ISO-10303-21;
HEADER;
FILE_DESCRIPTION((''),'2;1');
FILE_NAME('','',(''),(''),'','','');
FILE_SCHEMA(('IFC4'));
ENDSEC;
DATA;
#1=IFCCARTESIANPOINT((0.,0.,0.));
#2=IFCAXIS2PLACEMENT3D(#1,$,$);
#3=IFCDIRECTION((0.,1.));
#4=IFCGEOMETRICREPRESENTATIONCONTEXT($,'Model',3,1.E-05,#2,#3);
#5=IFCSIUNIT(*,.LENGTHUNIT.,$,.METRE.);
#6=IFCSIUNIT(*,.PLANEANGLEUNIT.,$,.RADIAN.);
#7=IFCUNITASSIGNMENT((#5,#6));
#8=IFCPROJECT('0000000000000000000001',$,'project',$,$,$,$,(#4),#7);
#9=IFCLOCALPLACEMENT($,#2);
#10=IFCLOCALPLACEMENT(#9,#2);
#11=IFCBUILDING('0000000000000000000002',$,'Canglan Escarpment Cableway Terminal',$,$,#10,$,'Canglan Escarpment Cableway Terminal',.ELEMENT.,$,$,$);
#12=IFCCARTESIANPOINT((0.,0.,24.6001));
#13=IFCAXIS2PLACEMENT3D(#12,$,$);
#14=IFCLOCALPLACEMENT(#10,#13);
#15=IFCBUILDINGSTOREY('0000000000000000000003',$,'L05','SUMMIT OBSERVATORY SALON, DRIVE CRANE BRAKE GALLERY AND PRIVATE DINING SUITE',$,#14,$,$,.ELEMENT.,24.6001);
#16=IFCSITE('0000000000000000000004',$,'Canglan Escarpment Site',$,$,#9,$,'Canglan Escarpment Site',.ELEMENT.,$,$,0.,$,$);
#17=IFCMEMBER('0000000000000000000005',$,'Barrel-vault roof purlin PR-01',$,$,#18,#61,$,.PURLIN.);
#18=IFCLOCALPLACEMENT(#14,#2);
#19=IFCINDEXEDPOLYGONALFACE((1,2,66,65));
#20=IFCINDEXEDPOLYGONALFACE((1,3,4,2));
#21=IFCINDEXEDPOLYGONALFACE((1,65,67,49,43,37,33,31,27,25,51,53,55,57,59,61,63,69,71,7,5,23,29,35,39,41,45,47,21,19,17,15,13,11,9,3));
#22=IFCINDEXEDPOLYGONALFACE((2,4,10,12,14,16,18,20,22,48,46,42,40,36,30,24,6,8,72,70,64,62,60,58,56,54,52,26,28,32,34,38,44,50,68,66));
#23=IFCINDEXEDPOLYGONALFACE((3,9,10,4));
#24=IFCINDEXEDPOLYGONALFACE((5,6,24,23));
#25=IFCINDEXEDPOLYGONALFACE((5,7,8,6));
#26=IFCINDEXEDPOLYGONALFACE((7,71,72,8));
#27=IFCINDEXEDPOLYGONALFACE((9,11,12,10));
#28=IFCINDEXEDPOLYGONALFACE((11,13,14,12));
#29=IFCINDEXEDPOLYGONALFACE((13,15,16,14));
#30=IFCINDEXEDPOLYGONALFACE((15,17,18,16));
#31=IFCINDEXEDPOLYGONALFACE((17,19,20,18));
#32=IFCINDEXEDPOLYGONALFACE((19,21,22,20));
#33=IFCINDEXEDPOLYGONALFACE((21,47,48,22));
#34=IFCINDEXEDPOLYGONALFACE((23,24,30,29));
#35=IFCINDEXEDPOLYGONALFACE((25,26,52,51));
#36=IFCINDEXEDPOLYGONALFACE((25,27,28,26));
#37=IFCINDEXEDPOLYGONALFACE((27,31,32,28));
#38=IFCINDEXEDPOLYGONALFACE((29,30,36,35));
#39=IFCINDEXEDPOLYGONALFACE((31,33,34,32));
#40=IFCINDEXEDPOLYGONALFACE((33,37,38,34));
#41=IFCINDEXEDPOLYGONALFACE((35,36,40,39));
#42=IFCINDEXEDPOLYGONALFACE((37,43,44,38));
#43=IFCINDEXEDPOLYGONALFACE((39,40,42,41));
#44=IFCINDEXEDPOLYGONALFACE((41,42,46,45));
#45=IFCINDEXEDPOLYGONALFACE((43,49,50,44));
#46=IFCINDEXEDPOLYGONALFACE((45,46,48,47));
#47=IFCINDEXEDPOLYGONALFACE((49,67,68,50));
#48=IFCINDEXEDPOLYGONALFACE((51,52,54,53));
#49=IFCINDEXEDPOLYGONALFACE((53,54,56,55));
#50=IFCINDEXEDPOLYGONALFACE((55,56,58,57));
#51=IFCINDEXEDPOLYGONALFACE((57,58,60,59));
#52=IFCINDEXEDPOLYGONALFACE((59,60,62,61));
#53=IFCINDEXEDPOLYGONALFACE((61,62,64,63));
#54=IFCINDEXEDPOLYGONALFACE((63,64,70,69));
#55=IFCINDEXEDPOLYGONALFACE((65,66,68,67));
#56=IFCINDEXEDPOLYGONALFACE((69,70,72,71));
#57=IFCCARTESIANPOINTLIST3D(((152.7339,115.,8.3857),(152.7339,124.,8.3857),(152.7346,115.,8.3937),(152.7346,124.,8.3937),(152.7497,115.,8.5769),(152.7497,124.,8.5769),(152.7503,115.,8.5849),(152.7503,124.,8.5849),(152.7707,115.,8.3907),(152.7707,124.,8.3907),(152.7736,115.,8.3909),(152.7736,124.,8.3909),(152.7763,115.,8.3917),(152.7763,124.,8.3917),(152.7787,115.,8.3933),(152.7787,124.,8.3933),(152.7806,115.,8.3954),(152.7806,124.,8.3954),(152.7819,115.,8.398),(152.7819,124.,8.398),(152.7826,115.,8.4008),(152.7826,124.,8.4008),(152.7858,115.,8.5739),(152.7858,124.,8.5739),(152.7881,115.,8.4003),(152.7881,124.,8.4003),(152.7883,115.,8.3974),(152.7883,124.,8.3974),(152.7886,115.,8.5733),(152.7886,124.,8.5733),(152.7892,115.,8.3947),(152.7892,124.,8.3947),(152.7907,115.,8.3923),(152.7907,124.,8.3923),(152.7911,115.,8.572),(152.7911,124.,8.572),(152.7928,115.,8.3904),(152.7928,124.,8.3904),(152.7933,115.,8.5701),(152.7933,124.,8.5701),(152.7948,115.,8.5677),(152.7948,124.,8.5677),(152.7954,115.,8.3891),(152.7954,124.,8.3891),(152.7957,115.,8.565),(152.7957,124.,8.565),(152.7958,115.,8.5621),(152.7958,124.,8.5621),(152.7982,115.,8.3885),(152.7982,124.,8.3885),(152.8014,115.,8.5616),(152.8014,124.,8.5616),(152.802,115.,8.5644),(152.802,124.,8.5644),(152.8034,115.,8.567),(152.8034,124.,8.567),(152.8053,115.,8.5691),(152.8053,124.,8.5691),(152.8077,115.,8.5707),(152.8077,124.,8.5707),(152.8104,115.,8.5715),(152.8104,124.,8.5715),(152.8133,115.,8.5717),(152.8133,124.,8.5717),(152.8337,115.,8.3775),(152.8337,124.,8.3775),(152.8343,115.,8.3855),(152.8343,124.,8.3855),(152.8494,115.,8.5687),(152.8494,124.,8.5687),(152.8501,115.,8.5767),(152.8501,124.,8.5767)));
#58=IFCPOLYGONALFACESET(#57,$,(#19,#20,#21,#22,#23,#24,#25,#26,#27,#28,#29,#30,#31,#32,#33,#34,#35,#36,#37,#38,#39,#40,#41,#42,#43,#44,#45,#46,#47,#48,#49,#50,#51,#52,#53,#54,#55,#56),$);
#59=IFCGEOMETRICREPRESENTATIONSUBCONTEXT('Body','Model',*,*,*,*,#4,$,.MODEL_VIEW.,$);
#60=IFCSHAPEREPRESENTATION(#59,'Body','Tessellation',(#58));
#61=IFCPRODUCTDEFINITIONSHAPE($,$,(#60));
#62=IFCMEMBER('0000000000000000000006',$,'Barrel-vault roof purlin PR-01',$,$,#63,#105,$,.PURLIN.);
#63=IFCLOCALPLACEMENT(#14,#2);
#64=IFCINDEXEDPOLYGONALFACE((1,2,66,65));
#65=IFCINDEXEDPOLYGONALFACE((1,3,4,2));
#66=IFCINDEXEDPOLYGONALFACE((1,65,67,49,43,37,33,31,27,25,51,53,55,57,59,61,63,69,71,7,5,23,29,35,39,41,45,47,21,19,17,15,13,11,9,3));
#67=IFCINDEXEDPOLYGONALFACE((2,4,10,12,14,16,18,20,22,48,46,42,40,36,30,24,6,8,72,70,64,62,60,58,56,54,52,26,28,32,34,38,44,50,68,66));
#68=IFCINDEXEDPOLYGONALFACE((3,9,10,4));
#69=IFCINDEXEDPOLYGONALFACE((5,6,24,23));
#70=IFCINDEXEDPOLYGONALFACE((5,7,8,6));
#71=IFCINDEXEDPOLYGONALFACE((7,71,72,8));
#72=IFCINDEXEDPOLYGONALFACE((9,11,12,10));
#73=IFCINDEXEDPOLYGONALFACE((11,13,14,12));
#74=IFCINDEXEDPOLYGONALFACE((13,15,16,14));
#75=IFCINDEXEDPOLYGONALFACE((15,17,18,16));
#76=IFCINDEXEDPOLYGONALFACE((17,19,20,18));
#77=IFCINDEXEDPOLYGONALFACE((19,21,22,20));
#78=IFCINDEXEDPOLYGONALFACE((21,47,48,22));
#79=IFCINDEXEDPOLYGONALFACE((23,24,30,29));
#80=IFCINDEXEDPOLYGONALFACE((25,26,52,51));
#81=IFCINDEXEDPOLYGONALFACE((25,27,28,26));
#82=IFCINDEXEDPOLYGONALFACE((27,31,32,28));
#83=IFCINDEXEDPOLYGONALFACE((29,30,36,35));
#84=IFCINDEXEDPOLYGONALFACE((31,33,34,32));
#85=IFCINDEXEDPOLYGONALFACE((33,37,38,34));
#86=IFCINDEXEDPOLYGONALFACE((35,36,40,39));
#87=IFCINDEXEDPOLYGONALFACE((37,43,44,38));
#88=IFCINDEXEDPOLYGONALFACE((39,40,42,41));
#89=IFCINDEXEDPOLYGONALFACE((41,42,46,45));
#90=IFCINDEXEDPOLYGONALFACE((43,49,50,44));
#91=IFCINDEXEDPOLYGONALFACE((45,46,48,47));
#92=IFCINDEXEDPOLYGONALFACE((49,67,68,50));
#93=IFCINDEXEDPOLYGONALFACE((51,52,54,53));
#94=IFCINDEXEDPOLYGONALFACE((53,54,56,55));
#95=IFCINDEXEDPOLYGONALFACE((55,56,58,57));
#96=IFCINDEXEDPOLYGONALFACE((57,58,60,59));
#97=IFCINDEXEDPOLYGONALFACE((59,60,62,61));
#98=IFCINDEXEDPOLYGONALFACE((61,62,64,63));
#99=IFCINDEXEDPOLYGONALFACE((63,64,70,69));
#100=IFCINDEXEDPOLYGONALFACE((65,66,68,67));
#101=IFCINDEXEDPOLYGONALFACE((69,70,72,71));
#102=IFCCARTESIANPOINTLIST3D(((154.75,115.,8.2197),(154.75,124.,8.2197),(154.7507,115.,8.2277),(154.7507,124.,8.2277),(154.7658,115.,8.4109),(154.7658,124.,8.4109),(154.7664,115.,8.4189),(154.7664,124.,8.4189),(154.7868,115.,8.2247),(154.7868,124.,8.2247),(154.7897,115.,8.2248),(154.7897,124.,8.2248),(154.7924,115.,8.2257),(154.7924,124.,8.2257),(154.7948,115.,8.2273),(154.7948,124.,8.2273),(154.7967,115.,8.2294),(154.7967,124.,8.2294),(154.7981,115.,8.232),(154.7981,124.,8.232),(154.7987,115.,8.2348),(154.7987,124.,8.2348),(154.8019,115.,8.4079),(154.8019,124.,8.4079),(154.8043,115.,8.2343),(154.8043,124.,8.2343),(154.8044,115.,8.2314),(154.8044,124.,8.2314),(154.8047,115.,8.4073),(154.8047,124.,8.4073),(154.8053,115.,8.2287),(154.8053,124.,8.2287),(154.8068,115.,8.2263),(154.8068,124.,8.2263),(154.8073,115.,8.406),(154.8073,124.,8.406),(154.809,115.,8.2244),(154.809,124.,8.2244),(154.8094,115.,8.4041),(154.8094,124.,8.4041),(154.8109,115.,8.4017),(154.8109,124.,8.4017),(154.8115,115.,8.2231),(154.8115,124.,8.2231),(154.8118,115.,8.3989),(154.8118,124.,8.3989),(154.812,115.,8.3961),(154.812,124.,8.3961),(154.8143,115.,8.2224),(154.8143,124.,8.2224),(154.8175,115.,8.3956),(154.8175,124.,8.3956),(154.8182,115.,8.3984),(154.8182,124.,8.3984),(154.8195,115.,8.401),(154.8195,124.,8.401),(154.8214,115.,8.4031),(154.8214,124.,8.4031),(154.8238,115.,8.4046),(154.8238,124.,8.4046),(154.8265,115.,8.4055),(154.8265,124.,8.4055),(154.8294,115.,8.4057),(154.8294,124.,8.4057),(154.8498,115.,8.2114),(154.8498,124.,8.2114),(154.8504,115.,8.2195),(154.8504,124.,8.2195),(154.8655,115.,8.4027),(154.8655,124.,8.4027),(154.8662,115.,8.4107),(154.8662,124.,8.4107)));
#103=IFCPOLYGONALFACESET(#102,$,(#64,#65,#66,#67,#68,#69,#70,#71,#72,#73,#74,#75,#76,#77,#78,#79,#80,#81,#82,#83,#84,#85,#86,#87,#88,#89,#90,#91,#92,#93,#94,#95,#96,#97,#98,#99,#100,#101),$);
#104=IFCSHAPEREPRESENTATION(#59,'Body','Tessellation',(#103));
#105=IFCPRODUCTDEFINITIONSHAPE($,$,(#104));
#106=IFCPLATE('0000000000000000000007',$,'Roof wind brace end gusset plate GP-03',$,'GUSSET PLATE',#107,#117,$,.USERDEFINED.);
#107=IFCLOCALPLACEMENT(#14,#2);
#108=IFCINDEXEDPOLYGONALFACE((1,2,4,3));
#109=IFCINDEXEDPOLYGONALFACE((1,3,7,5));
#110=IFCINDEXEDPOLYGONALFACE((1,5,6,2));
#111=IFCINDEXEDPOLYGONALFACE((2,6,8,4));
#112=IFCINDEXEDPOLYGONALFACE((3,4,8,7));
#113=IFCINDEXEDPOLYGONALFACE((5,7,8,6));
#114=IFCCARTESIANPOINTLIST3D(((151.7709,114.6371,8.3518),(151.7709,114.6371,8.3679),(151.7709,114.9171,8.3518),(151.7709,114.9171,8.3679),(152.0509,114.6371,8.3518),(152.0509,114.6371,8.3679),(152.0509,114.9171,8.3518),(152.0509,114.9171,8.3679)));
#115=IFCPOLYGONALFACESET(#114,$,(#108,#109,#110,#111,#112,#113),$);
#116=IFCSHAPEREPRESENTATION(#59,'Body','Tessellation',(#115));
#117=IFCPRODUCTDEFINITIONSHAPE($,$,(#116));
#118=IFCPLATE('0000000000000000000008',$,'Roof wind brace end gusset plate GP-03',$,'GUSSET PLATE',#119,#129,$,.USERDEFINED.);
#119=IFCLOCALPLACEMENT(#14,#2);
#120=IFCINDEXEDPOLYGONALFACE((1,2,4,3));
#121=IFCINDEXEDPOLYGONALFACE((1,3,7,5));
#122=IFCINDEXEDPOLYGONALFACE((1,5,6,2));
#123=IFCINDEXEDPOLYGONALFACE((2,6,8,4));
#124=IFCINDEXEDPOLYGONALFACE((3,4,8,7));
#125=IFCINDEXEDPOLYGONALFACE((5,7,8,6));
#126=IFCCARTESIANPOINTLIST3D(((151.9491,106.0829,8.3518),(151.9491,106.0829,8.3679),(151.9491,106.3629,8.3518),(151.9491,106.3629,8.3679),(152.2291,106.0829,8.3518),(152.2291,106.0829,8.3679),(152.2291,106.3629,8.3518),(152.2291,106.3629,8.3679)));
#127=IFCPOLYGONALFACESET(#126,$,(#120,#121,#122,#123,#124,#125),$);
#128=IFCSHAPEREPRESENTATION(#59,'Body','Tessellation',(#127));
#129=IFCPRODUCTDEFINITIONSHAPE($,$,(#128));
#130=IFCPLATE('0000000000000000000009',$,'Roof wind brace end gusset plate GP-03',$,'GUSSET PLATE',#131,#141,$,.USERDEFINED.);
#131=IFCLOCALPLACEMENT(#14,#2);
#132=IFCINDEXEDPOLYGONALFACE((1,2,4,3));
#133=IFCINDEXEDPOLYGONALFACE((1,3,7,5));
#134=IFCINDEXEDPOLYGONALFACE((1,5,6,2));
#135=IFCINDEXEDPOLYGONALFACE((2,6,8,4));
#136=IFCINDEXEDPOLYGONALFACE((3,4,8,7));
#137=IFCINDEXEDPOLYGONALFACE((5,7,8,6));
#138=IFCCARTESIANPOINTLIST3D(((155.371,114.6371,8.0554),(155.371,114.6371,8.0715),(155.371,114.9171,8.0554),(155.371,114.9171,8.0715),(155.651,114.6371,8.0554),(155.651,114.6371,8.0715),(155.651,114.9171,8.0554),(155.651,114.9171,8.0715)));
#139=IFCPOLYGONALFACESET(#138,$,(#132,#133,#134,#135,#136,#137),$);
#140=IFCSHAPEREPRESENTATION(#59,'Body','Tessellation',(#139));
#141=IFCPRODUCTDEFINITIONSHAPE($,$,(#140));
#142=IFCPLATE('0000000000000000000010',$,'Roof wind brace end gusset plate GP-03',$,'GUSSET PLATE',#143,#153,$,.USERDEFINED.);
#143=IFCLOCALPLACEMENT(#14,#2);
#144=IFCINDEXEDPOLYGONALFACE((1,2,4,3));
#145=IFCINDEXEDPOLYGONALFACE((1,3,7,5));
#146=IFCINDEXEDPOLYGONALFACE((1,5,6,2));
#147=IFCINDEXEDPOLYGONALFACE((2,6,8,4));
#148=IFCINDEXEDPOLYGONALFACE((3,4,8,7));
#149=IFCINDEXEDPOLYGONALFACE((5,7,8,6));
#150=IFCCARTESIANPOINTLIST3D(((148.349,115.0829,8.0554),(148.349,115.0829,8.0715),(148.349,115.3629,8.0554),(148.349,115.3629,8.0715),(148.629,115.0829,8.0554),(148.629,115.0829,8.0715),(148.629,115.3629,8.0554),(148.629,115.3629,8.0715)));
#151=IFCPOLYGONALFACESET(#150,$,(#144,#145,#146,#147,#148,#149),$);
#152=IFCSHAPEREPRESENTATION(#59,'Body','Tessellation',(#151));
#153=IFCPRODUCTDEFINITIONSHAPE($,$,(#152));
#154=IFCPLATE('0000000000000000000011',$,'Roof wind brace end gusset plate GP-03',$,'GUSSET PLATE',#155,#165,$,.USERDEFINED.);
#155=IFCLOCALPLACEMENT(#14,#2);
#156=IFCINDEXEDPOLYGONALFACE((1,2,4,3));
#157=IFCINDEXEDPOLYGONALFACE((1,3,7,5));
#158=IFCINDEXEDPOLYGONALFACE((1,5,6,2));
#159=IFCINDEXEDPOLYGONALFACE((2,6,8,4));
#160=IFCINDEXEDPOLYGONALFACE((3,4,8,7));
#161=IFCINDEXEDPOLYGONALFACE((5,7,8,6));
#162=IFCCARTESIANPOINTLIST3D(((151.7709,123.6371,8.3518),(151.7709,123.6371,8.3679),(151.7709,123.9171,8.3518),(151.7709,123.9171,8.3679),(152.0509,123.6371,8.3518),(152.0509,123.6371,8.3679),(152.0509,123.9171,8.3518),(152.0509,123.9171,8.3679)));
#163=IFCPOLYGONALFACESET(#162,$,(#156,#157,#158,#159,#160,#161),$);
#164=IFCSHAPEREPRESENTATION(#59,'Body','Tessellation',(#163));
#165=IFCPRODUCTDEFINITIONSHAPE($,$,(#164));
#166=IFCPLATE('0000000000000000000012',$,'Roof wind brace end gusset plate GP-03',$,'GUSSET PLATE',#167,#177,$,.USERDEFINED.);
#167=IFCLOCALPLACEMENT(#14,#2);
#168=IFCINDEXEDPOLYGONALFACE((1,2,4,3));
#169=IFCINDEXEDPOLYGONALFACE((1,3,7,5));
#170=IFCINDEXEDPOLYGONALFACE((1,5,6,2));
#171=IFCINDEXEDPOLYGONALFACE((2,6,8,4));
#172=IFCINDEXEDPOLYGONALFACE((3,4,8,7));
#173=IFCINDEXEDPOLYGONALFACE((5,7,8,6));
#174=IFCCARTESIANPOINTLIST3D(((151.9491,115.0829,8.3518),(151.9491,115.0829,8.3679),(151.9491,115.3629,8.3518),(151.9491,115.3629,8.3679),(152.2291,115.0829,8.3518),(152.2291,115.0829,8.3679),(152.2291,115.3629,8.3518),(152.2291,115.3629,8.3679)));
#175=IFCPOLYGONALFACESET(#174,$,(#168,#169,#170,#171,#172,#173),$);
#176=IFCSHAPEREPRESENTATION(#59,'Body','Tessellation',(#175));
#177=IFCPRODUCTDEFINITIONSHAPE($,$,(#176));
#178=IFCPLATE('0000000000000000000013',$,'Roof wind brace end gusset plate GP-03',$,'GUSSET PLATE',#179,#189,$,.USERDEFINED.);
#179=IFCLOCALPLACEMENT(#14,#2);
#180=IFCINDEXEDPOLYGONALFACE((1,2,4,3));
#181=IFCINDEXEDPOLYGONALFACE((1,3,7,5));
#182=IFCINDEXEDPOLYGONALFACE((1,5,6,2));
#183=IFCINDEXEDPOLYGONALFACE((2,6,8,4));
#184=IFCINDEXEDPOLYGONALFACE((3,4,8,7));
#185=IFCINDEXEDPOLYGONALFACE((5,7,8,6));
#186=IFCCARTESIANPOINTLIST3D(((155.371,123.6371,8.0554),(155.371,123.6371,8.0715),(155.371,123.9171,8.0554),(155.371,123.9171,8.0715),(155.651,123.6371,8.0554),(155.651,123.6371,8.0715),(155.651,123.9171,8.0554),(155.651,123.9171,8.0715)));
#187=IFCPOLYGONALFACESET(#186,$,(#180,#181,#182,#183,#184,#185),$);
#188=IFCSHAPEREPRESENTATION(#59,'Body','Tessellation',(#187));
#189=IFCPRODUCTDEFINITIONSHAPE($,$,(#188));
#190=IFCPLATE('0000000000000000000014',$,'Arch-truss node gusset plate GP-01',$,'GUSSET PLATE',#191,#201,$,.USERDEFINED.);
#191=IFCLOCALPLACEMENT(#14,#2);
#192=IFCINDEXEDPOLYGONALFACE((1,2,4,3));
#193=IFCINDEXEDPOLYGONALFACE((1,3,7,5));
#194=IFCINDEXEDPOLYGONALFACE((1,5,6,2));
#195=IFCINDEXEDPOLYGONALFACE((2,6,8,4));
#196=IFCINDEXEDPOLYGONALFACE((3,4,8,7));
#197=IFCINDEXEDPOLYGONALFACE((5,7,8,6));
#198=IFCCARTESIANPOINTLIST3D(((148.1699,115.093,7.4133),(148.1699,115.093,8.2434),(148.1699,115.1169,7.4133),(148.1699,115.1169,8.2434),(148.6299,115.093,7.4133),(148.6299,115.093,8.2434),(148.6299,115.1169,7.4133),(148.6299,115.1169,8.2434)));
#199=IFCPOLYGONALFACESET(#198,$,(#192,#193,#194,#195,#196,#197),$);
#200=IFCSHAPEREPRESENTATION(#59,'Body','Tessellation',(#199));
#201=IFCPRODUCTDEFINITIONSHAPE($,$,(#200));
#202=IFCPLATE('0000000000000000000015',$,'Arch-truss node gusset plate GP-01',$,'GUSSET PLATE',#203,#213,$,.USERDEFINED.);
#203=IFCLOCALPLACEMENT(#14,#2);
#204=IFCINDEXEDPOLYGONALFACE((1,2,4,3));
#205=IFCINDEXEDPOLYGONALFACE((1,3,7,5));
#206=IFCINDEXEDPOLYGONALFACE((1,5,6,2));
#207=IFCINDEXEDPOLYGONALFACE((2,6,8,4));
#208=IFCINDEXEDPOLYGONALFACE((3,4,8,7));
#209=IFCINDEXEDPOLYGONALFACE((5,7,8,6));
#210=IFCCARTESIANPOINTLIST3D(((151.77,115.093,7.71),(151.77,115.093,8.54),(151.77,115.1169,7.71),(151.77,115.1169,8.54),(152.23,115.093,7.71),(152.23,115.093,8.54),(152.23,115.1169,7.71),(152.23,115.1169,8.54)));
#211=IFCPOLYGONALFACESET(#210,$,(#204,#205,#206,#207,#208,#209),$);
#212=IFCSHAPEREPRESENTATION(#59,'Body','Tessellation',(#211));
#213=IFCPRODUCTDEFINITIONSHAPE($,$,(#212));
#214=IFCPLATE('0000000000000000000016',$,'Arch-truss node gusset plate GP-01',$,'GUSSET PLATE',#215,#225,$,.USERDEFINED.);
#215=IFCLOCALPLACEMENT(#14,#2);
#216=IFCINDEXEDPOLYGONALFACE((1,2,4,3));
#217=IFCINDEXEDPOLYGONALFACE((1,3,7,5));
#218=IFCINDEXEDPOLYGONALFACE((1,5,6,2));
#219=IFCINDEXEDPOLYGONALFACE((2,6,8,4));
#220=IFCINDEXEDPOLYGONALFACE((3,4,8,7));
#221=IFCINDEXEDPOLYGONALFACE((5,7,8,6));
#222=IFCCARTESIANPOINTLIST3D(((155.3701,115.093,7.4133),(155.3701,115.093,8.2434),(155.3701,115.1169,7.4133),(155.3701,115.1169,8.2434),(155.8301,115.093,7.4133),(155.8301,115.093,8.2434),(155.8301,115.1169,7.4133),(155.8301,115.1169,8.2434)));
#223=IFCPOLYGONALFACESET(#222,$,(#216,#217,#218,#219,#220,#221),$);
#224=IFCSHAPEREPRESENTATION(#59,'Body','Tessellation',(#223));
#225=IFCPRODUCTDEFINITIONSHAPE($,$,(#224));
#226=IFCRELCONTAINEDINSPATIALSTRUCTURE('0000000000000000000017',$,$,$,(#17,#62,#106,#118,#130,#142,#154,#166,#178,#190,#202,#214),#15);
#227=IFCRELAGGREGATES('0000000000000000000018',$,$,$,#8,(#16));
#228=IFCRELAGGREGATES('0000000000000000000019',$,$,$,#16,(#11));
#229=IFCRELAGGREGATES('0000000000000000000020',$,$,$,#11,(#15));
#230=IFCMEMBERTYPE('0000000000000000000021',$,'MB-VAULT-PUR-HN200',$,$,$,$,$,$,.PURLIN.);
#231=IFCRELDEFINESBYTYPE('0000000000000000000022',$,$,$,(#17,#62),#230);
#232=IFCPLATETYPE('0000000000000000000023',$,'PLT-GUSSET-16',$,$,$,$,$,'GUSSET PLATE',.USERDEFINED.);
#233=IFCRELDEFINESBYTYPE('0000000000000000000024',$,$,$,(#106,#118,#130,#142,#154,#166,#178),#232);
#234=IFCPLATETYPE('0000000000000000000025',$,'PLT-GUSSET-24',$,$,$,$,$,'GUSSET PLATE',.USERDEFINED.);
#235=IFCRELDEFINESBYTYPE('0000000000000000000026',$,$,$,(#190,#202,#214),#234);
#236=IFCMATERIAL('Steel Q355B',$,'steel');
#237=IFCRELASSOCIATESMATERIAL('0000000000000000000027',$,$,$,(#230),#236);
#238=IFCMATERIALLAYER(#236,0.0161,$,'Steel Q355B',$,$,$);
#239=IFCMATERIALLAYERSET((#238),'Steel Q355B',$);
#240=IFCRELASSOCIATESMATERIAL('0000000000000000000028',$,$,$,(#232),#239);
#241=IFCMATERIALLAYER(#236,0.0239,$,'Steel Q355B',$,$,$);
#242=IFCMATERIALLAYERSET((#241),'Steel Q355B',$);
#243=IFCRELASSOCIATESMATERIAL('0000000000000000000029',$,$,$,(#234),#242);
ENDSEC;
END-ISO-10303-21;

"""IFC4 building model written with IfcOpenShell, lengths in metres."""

from ifc_helpers import new_model, si_unit, direction, frame, origin, origin_2d, place, context, subcontext, project, spatial, rectangle, i_section, extrude, material, layer, layer_set, material_profile, profile_set, type_object, element, save


model = new_model("IFC4")

# Units and contexts
model_context = context("Model", 3, precision=1e-05, world=origin(), true_north=direction((0.0, 1.0)))
body_context = subcontext(model_context, "Body", "Model", "MODEL_VIEW")
ifc_project = project(units=[si_unit("LENGTHUNIT", "METRE"), si_unit("PLANEANGLEUNIT", "RADIAN")], contexts=[model_context])

# Site, building, storey
site_placement = place(None, origin())
site = spatial("IfcSite", under=ifc_project, at=site_placement, Name="Canglan Escarpment Site", LongName="Canglan Escarpment Site", CompositionType="ELEMENT", RefElevation=0.0)
building_placement = place(site_placement, origin())
building = spatial("IfcBuilding", under=site, at=building_placement, Name="Canglan Escarpment Cableway Terminal", LongName="Canglan Escarpment Cableway Terminal", CompositionType="ELEMENT")
storey_placement = place(building_placement, frame((0.0, 0.0, 24.6001)))
storey = spatial("IfcBuildingStorey", under=building, at=storey_placement, Name="L05", Description="SUMMIT OBSERVATORY SALON, DRIVE CRANE BRAKE GALLERY AND PRIVATE DINING SUITE", CompositionType="ELEMENT", Elevation=24.6001)

# Shared definitions
ifc_material = material(Name="Steel Q355B", Category="steel")

# Members
ifc_material_profile_1 = material_profile(ifc_material, i_section(OverallWidth=0.1001, OverallDepth=0.2, WebThickness=0.0056, FlangeThickness=0.0081, FilletRadius=0.011, at=origin_2d()), Name="HN 200x100x5.5x8")
ifc_profile_set_1 = profile_set([ifc_material_profile_1], Name="Steel Q355B")
member_type_1 = type_object("IfcMemberType", Name="MB-VAULT-PUR-HN200", PredefinedType="PURLIN", material=ifc_profile_set_1)
for number, where, z_axis, x_axis, name in (
    (1, (152.792, 115.0, 8.4812), (0.0, 1.0, 0.0), (-0.996626, 0.0, 0.082078), "Barrel-vault roof purlin PR-01"),
    (2, (154.8081, 115.0, 8.3152), (0.0, 1.0, 0.0), (-0.996626, 0.0, 0.082078), "Barrel-vault roof purlin PR-01"),
):
    element("IfcMember", number, at=place(storey_placement, frame(where, z_axis=z_axis, x_axis=x_axis)), inside=storey, type_object=member_type_1, Name=name, PredefinedType="PURLIN", context=body_context, shape_type="SweptSolid", body=[
        extrude(i_section(OverallWidth=0.1001, OverallDepth=0.2, WebThickness=0.0056, FlangeThickness=0.0081, FilletRadius=0.011, at=origin_2d()), origin(), (0.0, 0.0, 1.0), 9.0),
    ])

# Plates
ifc_layer_1 = layer(ifc_material, 0.0161, Name="Steel Q355B")
ifc_layer_set_1 = layer_set([ifc_layer_1], Name="Steel Q355B")
plate_type_1 = type_object("IfcPlateType", Name="PLT-GUSSET-16", ElementType="GUSSET PLATE", PredefinedType="USERDEFINED", material=ifc_layer_set_1)
for number, where, z_axis, x_axis, name in (
    (3, (151.9109, 114.7771, 8.3518), (0.0, 0.0, 1.0), (1.0, 0.0, 0.0), "Roof wind brace end gusset plate GP-03"),
    (4, (152.0891, 106.2229, 8.3518), (0.0, 0.0, 1.0), (1.0, 0.0, 0.0), "Roof wind brace end gusset plate GP-03"),
    (5, (155.511, 114.7771, 8.0554), (0.0, 0.0, 1.0), (1.0, 0.0, 0.0), "Roof wind brace end gusset plate GP-03"),
    (6, (148.489, 115.2229, 8.0554), (0.0, 0.0, 1.0), (1.0, 0.0, 0.0), "Roof wind brace end gusset plate GP-03"),
    (7, (151.9109, 123.7771, 8.3518), (0.0, 0.0, 1.0), (1.0, 0.0, 0.0), "Roof wind brace end gusset plate GP-03"),
    (8, (152.0891, 115.2229, 8.3518), (0.0, 0.0, 1.0), (1.0, 0.0, 0.0), "Roof wind brace end gusset plate GP-03"),
    (9, (155.511, 123.7771, 8.0554), (0.0, 0.0, 1.0), (1.0, 0.0, 0.0), "Roof wind brace end gusset plate GP-03"),
):
    element("IfcPlate", number, at=place(storey_placement, frame(where, z_axis=z_axis, x_axis=x_axis)), inside=storey, type_object=plate_type_1, Name=name, ObjectType="GUSSET PLATE", PredefinedType="USERDEFINED", context=body_context, shape_type="SweptSolid", body=[
        extrude(rectangle(XDim=0.28, YDim=0.28, at=origin_2d()), origin(), (0.0, 0.0, 1.0), 0.0161),
    ])
ifc_layer_2 = layer(ifc_material, 0.0239, Name="Steel Q355B")
ifc_layer_set_2 = layer_set([ifc_layer_2], Name="Steel Q355B")
plate_type_2 = type_object("IfcPlateType", Name="PLT-GUSSET-24", ElementType="GUSSET PLATE", PredefinedType="USERDEFINED", material=ifc_layer_set_2)
for number, where, z_axis, x_axis, name in (
    (10, (148.3999, 115.105, 7.4133), (0.0, 0.0, 1.0), (1.0, 0.0, 0.0), "Arch-truss node gusset plate GP-01"),
    (11, (152.0, 115.105, 7.71), (0.0, 0.0, 1.0), (1.0, 0.0, 0.0), "Arch-truss node gusset plate GP-01"),
    (12, (155.6001, 115.105, 7.4133), (0.0, 0.0, 1.0), (1.0, 0.0, 0.0), "Arch-truss node gusset plate GP-01"),
):
    element("IfcPlate", number, at=place(storey_placement, frame(where, z_axis=z_axis, x_axis=x_axis)), inside=storey, type_object=plate_type_2, Name=name, ObjectType="GUSSET PLATE", PredefinedType="USERDEFINED", context=body_context, shape_type="SweptSolid", body=[
        extrude(rectangle(XDim=0.46, YDim=0.0239, at=origin_2d()), origin(), (0.0, 0.0, 1.0), 0.8301),
    ])

save(model, "model.ifc")
